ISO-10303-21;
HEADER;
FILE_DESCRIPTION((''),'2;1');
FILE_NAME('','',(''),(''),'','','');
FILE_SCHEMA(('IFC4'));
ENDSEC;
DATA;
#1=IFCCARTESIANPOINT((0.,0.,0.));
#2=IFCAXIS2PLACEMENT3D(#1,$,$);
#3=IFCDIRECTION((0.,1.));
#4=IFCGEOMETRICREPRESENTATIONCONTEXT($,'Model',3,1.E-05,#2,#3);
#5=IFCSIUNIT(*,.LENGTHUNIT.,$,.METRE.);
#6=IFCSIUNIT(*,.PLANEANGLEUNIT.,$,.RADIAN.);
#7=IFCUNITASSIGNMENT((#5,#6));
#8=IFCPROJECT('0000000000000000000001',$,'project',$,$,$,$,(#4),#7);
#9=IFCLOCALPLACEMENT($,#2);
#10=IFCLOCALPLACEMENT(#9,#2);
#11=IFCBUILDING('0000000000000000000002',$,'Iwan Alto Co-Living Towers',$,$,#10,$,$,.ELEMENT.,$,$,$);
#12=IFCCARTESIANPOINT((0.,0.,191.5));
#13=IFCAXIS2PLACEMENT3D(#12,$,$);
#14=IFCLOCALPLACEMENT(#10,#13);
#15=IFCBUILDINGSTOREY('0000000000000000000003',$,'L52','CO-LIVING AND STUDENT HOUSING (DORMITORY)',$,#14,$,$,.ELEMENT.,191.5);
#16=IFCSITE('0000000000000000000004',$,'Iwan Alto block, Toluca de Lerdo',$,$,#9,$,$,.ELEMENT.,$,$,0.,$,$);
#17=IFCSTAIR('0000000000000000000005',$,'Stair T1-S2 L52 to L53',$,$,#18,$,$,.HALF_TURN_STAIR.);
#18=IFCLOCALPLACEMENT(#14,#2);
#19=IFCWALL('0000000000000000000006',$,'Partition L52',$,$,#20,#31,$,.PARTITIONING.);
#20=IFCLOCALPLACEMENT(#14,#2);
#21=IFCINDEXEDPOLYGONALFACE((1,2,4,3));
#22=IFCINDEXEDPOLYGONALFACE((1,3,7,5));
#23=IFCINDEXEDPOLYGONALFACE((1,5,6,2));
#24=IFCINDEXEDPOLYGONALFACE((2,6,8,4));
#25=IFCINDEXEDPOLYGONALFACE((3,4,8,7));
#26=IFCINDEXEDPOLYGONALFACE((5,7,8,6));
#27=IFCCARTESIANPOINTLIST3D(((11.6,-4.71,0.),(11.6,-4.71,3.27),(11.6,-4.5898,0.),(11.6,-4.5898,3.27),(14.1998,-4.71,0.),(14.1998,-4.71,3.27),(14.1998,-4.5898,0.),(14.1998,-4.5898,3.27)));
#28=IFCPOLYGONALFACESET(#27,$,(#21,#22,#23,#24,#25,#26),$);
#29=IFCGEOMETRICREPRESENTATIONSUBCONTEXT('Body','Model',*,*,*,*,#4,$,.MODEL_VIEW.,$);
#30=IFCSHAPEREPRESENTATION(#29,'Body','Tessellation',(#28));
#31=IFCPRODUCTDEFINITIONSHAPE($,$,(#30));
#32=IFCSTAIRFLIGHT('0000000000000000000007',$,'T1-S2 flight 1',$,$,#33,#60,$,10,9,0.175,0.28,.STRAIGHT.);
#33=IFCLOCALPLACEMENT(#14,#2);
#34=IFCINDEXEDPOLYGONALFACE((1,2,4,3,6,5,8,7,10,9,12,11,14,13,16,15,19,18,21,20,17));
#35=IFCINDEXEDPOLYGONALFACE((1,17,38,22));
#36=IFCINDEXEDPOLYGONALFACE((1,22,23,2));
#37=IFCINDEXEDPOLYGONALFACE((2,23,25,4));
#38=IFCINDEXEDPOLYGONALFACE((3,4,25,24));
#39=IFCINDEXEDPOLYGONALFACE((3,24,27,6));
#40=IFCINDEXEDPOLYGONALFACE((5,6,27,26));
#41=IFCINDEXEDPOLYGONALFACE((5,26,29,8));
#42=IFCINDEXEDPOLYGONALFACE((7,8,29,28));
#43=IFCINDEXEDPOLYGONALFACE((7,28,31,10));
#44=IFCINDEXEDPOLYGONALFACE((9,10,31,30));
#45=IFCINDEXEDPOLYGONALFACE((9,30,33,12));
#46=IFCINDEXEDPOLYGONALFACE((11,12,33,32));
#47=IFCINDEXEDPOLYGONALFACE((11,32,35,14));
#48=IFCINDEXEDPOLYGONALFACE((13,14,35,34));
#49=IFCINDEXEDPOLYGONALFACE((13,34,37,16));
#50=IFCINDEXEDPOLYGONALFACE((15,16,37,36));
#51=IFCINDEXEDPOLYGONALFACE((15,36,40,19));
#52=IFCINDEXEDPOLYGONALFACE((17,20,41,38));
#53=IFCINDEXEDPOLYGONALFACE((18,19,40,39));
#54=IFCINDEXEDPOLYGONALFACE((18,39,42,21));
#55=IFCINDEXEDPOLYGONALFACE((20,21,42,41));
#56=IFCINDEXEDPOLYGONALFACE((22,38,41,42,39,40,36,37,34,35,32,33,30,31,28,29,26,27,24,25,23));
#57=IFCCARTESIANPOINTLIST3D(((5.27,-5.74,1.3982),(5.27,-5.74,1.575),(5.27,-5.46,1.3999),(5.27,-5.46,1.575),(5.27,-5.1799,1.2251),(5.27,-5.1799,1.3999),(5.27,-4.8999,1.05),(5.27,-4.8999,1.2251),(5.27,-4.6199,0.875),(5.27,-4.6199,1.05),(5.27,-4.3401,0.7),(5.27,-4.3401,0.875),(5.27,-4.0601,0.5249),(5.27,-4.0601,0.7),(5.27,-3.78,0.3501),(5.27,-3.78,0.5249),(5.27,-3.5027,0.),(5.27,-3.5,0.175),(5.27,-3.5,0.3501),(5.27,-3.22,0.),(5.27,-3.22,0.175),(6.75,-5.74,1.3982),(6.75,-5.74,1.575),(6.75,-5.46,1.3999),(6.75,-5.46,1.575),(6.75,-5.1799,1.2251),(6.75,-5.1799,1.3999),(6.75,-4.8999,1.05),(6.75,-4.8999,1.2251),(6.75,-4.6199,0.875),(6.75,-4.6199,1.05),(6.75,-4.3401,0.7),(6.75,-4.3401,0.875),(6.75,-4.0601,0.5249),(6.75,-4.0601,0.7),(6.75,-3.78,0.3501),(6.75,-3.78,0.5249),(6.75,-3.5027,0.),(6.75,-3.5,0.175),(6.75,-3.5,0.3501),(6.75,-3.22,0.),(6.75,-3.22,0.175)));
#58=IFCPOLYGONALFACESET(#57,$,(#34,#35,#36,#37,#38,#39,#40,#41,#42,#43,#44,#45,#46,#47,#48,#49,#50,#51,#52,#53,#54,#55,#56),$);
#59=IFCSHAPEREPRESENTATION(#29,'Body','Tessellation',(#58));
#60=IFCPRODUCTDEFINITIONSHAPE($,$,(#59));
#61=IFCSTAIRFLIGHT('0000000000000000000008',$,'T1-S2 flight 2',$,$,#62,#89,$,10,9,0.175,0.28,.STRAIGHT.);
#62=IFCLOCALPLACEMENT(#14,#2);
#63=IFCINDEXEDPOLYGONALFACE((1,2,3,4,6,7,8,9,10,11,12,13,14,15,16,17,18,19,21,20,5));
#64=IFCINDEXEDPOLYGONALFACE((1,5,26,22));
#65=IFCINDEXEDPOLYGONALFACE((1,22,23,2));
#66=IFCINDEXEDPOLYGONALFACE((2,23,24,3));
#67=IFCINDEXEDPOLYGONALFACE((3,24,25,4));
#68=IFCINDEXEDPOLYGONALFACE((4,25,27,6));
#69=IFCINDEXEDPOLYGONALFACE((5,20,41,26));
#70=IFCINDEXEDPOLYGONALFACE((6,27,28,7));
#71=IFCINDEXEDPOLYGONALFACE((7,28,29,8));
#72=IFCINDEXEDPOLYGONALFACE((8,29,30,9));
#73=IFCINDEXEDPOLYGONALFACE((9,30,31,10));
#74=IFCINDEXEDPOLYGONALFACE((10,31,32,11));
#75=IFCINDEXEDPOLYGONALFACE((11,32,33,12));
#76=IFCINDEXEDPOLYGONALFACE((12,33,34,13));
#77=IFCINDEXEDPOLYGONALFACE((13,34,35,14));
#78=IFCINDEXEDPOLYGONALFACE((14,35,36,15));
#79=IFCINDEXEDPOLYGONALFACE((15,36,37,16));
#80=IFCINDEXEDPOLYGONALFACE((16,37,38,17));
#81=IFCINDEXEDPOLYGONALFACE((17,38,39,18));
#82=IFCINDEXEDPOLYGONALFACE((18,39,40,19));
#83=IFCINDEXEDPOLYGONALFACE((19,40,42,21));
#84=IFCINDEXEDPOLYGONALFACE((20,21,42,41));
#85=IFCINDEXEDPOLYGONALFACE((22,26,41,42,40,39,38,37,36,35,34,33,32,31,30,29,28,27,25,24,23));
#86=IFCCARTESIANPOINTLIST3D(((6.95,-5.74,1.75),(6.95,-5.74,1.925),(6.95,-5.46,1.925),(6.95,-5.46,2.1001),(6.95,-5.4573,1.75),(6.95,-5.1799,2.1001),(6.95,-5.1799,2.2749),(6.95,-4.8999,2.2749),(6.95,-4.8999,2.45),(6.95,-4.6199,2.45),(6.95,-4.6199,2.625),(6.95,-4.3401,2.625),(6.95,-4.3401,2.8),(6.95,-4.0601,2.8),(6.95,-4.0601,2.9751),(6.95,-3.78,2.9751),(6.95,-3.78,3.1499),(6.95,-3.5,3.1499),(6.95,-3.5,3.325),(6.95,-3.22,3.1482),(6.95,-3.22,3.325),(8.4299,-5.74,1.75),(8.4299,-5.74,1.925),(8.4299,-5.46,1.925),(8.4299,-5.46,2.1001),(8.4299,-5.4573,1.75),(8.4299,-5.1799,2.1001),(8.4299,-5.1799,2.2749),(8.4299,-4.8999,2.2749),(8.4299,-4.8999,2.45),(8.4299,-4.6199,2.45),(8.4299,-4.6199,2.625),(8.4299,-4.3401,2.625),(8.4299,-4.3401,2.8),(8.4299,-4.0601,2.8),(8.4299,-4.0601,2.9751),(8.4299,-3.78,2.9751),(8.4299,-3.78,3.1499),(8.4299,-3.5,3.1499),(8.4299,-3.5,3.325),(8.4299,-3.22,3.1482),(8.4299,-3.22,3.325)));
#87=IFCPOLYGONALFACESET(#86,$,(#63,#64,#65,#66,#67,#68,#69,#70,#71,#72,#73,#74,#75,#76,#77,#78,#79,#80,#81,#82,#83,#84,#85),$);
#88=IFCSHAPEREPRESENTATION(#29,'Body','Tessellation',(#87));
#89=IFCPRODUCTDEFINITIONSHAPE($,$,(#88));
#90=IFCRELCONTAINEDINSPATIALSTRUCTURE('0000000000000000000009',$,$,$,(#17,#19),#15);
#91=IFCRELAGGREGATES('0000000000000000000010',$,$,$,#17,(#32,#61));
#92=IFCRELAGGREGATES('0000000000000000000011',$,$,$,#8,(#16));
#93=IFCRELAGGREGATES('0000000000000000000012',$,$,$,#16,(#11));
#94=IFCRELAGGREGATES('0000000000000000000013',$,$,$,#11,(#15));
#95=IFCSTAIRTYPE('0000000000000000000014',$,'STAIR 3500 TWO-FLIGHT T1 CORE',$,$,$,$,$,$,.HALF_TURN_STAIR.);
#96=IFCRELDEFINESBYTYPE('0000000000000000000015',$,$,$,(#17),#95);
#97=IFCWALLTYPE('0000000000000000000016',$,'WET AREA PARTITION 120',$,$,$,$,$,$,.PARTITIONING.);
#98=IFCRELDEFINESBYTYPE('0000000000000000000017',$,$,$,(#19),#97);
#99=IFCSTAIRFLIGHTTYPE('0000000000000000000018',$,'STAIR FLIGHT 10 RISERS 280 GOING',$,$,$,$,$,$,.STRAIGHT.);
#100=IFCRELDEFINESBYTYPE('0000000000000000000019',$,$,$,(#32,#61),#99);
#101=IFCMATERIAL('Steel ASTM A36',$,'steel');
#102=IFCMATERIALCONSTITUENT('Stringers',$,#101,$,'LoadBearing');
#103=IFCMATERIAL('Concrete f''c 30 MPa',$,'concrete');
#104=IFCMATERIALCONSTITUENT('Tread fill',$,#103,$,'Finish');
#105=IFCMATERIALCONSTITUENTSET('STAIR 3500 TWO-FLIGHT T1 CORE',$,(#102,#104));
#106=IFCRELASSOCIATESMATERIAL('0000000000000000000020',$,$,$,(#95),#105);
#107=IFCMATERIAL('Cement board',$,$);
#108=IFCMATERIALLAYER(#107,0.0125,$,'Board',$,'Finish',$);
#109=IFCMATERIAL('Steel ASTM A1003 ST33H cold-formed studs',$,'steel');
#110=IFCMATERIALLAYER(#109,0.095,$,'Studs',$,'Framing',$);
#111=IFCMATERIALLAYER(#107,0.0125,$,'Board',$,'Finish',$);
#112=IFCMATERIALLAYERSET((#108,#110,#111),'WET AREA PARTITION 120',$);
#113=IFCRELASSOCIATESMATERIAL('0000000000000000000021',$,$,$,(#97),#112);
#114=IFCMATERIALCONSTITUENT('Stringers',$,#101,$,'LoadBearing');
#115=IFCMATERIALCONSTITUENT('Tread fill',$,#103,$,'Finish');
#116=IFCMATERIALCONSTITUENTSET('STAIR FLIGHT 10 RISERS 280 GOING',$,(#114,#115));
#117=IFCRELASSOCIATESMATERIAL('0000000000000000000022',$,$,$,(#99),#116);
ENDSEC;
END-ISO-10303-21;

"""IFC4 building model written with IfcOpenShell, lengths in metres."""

from ifc_helpers import new_model, si_unit, direction, frame, frame_2d, origin, place, context, subcontext, project, spatial, polyline, rectangle, outline, extrude, material, layer, layer_set, constituent, constituent_set, type_object, element, aggregate, save


model = new_model("IFC4")

# Units and contexts
model_context = context("Model", 3, precision=1e-05, world=origin(), true_north=direction((0.0, 1.0)))
body_context = subcontext(model_context, "Body", "Model", "MODEL_VIEW")
ifc_project = project(units=[si_unit("LENGTHUNIT", "METRE"), si_unit("PLANEANGLEUNIT", "RADIAN")], contexts=[model_context])

# Site, building, storey
site_placement = place(None, origin())
site = spatial("IfcSite", under=ifc_project, at=site_placement, Name="Iwan Alto block, Toluca de Lerdo", CompositionType="ELEMENT", RefElevation=0.0)
building_placement = place(site_placement, origin())
building = spatial("IfcBuilding", under=site, at=building_placement, Name="Iwan Alto Co-Living Towers", CompositionType="ELEMENT")
storey_placement = place(building_placement, frame((0.0, 0.0, 191.5)))
storey = spatial("IfcBuildingStorey", under=building, at=storey_placement, Name="L52", Description="CO-LIVING AND STUDENT HOUSING (DORMITORY)", CompositionType="ELEMENT", Elevation=191.5)

# Stair
ifc_material_1 = material(Name="Steel ASTM A36", Category="steel")
ifc_constituent_1 = constituent(ifc_material_1, Name="Stringers", Category="LoadBearing")
ifc_material_2 = material(Name="Concrete f'c 30 MPa", Category="concrete")
ifc_constituent_2 = constituent(ifc_material_2, Name="Tread fill", Category="Finish")
ifc_constituent_set_1 = constituent_set(constituents=[ifc_constituent_1, ifc_constituent_2], Name="STAIR 3500 TWO-FLIGHT T1 CORE")
stair_type = type_object("IfcStairType", Name="STAIR 3500 TWO-FLIGHT T1 CORE", PredefinedType="HALF_TURN_STAIR", material=ifc_constituent_set_1)
stair_1_placement = place(storey_placement, origin())
stair_1 = element("IfcStair", 1, at=stair_1_placement, inside=storey, type_object=stair_type, Name="Stair T1-S2 L52 to L53", PredefinedType="HALF_TURN_STAIR")

# Shared definitions
ifc_material_3 = material(Name="Steel ASTM A1003 ST33H cold-formed studs", Category="steel")

# Wall
ifc_material_4 = material(Name="Cement board")
ifc_layer_1 = layer(ifc_material_4, 0.0125, Name="Board", Category="Finish")
ifc_layer_2 = layer(ifc_material_3, 0.095, Name="Studs", Category="Framing")
ifc_layer_3 = layer(ifc_material_4, 0.0125, Name="Board", Category="Finish")
ifc_layer_set_1 = layer_set([ifc_layer_1, ifc_layer_2, ifc_layer_3], Name="WET AREA PARTITION 120")
wall_type_1 = type_object("IfcWallType", Name="WET AREA PARTITION 120", PredefinedType="PARTITIONING", material=ifc_layer_set_1)
wall_1_placement = place(storey_placement, frame((11.6001, -4.6499, 0.0), z_axis=(0.0, 0.0, 1.0), x_axis=(1.0, 0.0, 0.0)))
element("IfcWall", 2, at=wall_1_placement, inside=storey, type_object=wall_type_1, Name="Partition L52", PredefinedType="PARTITIONING", context=body_context, shape_type="SweptSolid", body=[
    extrude(rectangle(XDim=2.5999, YDim=0.1201, at=frame_2d((1.2998, 0.0))), origin(), (0.0, 0.0, 1.0), 3.27),
])

# Stair flights
ifc_constituent_3 = constituent(ifc_material_1, Name="Stringers", Category="LoadBearing")
ifc_constituent_4 = constituent(ifc_material_2, Name="Tread fill", Category="Finish")
ifc_constituent_set_2 = constituent_set(constituents=[ifc_constituent_3, ifc_constituent_4], Name="STAIR FLIGHT 10 RISERS 280 GOING")
stair_flight_type = type_object("IfcStairFlightType", Name="STAIR FLIGHT 10 RISERS 280 GOING", PredefinedType="STRAIGHT", material=ifc_constituent_set_2)
stair_flight_1_placement = place(storey_placement, frame((6.01, -3.22, 0.0), z_axis=(0.0, 0.0, 1.0), x_axis=(0.0, -1.0, 0.0)))
stair_flight_1 = element("IfcStairFlight", 3, at=stair_flight_1_placement, type_object=stair_flight_type, Name="T1-S2 flight 1", NumberOfRisers=10, NumberOfTreads=9, PredefinedType="STRAIGHT", RiserHeight=0.175, TreadLength=0.28, context=body_context, shape_type="SweptSolid", body=[
    extrude(outline(polyline([(0.0, 0.0), (0.0, 0.175), (0.28, 0.175), (0.28, 0.3501), (0.5601, 0.3501), (0.5601, 0.5249), (0.8401, 0.5249), (0.8401, 0.7), (1.1201, 0.7), (1.1201, 0.875), (1.3999, 0.875), (1.3999, 1.05), (1.6799, 1.05), (1.6799, 1.2251), (1.96, 1.2251), (1.96, 1.3999), (2.24, 1.3999), (2.24, 1.575), (2.52, 1.575), (2.52, 1.75), (2.52, 1.3982), (0.2827, 0.0), (0.0, 0.0)])), frame((0.0, 0.74, 0.0), z_axis=(0.0, -1.0, 0.0), x_axis=(1.0, 0.0, 0.0)), (0.0, 0.0, 1.0), 1.48),
])
stair_flight_2_placement = place(storey_placement, frame((7.6899, -5.74, 1.75), z_axis=(0.0, 0.0, 1.0), x_axis=(0.0, 1.0, 0.0)))
stair_flight_2 = element("IfcStairFlight", 4, at=stair_flight_2_placement, type_object=stair_flight_type, Name="T1-S2 flight 2", NumberOfRisers=10, NumberOfTreads=9, PredefinedType="STRAIGHT", RiserHeight=0.175, TreadLength=0.28, context=body_context, shape_type="SweptSolid", body=[
    extrude(outline(polyline([(0.0, 0.0), (0.0, 0.175), (0.28, 0.175), (0.28, 0.3501), (0.5601, 0.3501), (0.5601, 0.5249), (0.8401, 0.5249), (0.8401, 0.7), (1.1201, 0.7), (1.1201, 0.875), (1.3999, 0.875), (1.3999, 1.05), (1.6799, 1.05), (1.6799, 1.2251), (1.96, 1.2251), (1.96, 1.3999), (2.24, 1.3999), (2.24, 1.575), (2.52, 1.575), (2.52, 1.75), (2.52, 1.3982), (0.2827, 0.0), (0.0, 0.0)])), frame((0.0, 0.74, 0.0), z_axis=(0.0, -1.0, 0.0), x_axis=(1.0, 0.0, 0.0)), (0.0, 0.0, 1.0), 1.48),
])
aggregate(stair_1, [stair_flight_1, stair_flight_2])

save(model, "model.ifc")
